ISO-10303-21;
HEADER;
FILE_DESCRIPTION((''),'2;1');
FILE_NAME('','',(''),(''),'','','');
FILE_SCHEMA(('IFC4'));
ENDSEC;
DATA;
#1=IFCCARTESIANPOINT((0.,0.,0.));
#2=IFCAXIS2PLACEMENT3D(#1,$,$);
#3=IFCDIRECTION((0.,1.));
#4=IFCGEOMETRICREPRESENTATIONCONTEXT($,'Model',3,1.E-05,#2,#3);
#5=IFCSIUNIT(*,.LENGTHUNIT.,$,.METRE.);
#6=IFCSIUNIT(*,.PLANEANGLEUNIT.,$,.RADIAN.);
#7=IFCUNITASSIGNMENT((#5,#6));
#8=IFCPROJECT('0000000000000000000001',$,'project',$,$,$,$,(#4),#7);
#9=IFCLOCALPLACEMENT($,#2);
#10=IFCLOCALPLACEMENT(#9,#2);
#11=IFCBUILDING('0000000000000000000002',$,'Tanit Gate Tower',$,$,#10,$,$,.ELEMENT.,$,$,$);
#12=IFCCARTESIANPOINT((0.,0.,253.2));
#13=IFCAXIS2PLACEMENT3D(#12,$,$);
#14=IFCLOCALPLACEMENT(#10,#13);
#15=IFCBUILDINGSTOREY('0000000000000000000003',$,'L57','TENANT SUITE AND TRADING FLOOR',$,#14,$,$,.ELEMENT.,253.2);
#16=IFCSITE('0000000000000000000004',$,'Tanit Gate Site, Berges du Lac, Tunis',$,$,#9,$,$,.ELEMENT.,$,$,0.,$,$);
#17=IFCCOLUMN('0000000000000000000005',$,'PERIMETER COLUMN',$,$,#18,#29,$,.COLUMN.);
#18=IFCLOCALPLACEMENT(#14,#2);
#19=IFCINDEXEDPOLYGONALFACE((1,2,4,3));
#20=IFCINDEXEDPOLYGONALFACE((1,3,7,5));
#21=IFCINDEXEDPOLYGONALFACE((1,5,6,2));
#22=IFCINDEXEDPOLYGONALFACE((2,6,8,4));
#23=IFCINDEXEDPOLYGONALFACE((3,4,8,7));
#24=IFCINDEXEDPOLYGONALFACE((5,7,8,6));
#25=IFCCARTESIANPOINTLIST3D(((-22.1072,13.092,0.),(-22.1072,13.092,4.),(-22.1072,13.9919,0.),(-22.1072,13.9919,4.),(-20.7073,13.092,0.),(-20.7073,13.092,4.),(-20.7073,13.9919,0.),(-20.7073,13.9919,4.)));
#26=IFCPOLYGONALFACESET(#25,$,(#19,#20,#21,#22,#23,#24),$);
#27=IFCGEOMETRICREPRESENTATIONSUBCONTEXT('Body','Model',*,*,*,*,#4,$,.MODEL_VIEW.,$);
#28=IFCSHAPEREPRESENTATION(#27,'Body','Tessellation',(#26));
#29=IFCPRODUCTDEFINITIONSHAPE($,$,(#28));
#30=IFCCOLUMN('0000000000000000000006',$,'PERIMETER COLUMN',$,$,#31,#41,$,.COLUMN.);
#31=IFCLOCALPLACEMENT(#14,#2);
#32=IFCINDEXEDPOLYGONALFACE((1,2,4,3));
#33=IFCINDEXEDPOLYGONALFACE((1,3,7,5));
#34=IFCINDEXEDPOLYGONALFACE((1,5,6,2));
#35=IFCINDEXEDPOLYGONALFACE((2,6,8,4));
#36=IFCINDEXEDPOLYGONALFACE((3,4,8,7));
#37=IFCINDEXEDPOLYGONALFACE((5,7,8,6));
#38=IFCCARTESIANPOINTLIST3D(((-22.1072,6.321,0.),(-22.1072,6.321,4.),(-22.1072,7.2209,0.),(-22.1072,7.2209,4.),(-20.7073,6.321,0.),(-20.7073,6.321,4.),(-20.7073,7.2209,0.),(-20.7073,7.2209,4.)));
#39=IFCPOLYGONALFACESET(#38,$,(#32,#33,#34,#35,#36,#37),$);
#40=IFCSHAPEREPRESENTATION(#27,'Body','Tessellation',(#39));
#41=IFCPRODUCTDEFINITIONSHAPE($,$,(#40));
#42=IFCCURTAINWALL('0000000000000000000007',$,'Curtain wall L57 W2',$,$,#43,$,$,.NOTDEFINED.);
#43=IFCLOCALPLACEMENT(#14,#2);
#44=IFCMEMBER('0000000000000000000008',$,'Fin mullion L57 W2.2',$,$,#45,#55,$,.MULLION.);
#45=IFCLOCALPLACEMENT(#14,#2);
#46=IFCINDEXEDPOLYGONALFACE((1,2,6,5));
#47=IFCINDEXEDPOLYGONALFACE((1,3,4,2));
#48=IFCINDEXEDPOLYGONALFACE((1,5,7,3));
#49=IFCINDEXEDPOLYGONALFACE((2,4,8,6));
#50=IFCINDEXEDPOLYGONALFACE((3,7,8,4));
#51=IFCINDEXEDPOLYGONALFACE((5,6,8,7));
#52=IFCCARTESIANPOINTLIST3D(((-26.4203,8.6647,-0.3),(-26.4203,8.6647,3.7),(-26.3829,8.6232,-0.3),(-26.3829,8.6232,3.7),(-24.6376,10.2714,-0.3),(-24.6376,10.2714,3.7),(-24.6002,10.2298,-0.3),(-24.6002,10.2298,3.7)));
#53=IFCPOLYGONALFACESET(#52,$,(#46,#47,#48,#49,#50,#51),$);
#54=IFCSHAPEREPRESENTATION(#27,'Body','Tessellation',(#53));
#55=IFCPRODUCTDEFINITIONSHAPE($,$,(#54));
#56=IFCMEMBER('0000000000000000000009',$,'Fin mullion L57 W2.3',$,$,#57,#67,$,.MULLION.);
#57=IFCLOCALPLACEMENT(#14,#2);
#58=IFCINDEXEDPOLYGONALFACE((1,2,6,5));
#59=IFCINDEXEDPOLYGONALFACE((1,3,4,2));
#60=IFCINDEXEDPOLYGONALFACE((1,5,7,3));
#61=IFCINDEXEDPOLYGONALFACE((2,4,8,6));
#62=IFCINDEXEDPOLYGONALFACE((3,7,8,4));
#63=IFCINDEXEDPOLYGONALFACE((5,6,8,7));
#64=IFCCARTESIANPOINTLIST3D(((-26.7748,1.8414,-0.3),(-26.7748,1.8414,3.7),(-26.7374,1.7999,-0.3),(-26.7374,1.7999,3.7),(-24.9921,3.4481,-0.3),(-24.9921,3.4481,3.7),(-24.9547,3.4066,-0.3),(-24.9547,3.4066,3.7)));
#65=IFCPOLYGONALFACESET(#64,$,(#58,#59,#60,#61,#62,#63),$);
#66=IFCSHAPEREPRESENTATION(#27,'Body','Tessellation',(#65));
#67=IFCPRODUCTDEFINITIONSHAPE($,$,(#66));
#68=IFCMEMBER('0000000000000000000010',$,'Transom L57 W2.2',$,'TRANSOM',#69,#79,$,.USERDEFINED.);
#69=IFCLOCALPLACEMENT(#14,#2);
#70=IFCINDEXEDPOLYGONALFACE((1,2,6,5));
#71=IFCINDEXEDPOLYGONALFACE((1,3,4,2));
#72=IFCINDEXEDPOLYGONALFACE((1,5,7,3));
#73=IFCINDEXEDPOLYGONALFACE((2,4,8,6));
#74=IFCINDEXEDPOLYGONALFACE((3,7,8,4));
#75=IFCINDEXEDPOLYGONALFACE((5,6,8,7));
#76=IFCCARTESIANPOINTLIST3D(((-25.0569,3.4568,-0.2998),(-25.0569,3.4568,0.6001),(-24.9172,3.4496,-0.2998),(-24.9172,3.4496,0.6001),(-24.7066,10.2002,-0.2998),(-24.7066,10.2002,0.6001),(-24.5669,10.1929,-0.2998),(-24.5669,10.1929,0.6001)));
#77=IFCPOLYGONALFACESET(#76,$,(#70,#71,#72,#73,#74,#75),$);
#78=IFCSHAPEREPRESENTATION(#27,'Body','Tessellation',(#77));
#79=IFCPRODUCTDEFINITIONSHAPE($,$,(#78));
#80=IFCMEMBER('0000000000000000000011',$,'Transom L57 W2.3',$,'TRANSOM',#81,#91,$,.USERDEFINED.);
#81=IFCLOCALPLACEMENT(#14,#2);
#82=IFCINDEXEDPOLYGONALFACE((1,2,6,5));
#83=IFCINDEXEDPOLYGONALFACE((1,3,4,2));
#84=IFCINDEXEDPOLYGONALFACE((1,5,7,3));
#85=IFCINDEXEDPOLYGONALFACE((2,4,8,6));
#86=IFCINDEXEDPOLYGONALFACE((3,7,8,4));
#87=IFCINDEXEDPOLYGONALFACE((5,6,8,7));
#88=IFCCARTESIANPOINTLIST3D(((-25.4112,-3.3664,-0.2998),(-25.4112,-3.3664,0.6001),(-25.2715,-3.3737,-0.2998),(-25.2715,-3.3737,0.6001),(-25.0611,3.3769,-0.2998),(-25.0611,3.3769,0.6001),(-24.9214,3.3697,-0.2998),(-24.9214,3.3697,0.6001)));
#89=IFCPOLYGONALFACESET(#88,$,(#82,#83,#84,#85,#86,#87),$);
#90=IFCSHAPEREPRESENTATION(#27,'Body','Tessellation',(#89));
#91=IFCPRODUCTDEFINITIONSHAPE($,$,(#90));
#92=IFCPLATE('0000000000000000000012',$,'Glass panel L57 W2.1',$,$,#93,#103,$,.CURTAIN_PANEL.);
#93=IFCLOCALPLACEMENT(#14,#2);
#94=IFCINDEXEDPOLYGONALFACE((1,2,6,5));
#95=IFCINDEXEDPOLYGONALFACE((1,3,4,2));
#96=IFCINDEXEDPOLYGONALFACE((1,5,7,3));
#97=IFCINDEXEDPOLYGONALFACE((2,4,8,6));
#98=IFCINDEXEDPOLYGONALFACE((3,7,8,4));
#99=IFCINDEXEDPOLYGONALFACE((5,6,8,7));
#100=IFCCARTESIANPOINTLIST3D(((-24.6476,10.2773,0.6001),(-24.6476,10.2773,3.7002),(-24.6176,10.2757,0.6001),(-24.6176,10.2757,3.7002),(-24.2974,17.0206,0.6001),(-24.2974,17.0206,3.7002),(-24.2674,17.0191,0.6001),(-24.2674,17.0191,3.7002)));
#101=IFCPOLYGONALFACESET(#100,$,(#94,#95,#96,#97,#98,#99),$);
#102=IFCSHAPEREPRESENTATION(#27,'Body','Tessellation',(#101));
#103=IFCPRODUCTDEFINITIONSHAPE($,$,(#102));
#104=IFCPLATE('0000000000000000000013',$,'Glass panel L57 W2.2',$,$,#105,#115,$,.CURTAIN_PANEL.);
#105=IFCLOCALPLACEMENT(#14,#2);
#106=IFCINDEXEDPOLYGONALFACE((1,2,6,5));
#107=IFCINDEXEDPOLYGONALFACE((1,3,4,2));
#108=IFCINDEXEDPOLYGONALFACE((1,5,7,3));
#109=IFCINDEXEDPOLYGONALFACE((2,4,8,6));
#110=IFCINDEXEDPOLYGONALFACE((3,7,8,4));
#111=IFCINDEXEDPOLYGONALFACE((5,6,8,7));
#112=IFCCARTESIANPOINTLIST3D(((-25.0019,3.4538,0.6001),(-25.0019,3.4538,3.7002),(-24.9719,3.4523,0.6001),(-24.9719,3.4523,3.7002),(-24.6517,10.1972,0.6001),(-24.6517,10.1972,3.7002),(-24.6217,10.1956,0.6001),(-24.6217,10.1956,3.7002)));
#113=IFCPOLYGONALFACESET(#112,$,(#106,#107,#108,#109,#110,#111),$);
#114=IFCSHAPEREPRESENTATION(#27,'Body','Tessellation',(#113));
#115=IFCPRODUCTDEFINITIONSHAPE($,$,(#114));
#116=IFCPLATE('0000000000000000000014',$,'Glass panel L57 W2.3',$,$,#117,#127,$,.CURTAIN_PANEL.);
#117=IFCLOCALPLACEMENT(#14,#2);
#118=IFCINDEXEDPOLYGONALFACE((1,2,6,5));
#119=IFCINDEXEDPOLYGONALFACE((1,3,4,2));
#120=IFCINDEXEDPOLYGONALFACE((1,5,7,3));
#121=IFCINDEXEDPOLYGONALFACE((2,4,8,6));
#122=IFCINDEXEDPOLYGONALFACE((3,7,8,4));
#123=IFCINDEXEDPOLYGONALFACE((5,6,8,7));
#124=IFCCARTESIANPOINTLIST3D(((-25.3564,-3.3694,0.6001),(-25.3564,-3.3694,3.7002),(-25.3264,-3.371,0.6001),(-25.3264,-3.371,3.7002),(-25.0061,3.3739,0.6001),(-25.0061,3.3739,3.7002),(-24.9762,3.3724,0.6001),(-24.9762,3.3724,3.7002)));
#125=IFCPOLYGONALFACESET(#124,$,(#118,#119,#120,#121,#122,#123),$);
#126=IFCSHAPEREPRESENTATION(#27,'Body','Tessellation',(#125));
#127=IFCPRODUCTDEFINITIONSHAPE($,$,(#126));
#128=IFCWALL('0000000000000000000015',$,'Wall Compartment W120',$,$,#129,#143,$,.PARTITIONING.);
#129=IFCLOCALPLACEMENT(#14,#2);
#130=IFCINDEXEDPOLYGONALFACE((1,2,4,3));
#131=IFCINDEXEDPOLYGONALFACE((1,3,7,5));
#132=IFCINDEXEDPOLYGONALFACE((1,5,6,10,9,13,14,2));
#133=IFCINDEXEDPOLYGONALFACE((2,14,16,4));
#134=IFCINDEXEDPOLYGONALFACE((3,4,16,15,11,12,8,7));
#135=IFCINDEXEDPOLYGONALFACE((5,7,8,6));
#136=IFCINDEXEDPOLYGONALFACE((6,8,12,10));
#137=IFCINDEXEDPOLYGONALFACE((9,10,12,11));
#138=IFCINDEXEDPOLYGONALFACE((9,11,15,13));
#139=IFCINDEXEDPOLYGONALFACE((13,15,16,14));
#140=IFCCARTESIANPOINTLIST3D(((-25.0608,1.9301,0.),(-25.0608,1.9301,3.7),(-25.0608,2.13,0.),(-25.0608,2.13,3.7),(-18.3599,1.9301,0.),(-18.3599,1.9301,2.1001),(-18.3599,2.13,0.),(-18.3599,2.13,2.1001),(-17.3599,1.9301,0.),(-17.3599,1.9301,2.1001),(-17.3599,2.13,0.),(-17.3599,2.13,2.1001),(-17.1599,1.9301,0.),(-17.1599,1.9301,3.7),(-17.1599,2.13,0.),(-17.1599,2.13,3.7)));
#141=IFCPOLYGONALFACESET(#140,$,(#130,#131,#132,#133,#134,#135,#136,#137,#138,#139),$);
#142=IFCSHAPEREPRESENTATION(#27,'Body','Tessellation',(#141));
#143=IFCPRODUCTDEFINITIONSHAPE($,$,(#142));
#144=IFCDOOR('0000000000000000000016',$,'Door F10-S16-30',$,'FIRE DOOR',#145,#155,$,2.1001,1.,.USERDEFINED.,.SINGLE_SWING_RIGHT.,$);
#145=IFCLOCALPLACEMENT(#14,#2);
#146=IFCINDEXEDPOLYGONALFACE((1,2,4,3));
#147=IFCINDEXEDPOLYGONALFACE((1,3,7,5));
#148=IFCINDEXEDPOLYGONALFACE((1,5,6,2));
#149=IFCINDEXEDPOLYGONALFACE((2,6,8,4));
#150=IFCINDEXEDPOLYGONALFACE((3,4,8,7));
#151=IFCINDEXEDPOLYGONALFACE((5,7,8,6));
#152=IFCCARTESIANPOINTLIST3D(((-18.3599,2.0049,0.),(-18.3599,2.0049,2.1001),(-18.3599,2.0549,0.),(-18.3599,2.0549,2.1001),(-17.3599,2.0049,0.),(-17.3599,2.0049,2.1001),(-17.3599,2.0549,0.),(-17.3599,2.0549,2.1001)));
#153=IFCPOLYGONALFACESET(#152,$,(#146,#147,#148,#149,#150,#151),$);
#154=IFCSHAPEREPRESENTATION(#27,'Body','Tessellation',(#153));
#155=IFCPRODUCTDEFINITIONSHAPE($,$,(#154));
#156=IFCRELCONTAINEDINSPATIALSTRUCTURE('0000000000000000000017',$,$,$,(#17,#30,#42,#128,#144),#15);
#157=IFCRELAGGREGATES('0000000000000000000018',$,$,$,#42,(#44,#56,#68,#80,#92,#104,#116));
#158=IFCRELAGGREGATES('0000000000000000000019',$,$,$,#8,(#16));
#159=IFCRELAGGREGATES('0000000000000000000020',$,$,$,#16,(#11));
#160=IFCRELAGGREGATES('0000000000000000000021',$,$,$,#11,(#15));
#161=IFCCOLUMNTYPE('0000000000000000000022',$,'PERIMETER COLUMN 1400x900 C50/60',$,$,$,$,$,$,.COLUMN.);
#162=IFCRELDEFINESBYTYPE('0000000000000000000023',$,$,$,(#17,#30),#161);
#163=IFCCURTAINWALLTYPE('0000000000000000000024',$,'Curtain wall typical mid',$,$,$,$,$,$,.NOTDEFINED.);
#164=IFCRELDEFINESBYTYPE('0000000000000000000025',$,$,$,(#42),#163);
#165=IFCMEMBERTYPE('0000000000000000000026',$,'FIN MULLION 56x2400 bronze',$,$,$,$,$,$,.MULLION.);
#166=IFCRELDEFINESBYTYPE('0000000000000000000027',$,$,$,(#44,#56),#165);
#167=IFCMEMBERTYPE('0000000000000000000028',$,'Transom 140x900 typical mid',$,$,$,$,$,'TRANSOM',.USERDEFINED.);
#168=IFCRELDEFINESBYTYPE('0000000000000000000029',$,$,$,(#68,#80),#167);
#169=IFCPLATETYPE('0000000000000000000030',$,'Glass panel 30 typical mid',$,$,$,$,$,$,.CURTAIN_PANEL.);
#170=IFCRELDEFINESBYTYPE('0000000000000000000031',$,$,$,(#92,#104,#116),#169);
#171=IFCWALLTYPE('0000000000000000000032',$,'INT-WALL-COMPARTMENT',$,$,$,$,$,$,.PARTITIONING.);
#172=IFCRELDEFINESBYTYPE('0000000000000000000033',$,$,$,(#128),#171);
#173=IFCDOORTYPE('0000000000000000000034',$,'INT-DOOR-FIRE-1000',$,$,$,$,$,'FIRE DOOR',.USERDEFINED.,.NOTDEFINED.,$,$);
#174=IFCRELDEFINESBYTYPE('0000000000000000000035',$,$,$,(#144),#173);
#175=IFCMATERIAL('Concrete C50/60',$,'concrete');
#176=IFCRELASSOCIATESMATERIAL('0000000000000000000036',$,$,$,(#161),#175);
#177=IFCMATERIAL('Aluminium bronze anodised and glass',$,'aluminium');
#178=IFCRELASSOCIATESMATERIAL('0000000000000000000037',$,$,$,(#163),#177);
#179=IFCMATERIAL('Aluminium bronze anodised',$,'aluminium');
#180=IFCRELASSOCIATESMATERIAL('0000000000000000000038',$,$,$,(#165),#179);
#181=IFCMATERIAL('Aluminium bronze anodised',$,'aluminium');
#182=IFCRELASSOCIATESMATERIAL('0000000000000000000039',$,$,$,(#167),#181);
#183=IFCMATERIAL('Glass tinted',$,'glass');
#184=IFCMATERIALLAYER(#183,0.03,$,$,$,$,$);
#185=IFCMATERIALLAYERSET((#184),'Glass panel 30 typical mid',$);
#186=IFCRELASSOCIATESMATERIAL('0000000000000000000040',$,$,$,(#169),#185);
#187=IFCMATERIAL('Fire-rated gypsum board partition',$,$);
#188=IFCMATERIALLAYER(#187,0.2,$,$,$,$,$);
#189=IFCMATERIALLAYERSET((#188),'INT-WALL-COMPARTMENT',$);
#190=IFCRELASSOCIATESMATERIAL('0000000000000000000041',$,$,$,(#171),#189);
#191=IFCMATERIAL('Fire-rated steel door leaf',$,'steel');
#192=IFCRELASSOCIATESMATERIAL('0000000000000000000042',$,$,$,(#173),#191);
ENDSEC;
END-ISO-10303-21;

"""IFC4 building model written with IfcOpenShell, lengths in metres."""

from ifc_helpers import new_model, si_unit, direction, frame, frame_2d, origin, origin_2d, place, context, subcontext, project, spatial, rectangle, extrude, material, layer, layer_set, material_profile, profile_set, type_object, element, fill, aggregate, save


model = new_model("IFC4")

# Units and contexts
model_context = context("Model", 3, precision=1e-05, world=origin(), true_north=direction((0.0, 1.0)))
body_context = subcontext(model_context, "Body", "Model", "MODEL_VIEW")
ifc_project = project(units=[si_unit("LENGTHUNIT", "METRE"), si_unit("PLANEANGLEUNIT", "RADIAN")], contexts=[model_context])

# Site, building, storey
site_placement = place(None, origin())
site = spatial("IfcSite", under=ifc_project, at=site_placement, Name="Tanit Gate Site, Berges du Lac, Tunis", CompositionType="ELEMENT", RefElevation=0.0)
building_placement = place(site_placement, origin())
building = spatial("IfcBuilding", under=site, at=building_placement, Name="Tanit Gate Tower", CompositionType="ELEMENT")
storey_placement = place(building_placement, frame((0.0, 0.0, 253.2)))
storey = spatial("IfcBuildingStorey", under=building, at=storey_placement, Name="L57", Description="TENANT SUITE AND TRADING FLOOR", CompositionType="ELEMENT", Elevation=253.2)

# Columns
ifc_material_1 = material(Name="Concrete C50/60", Category="concrete")
ifc_material_profile_1 = material_profile(ifc_material_1, rectangle(XDim=1.3999, YDim=0.8999, at=origin_2d()), Name="RC 1400x900")
ifc_profile_set_1 = profile_set([ifc_material_profile_1], Name="Concrete C50/60")
column_type = type_object("IfcColumnType", Name="PERIMETER COLUMN 1400x900 C50/60", PredefinedType="COLUMN", material=ifc_profile_set_1)
for number, where, z_axis, x_axis, name in (
    (1, (-21.4072, 13.542, 0.0), (0.0, 0.0, 1.0), (-1.0, 0.0, 0.0), "PERIMETER COLUMN"),
    (2, (-21.4072, 6.771, 0.0), (0.0, 0.0, 1.0), (-1.0, 0.0, 0.0), "PERIMETER COLUMN"),
):
    element("IfcColumn", number, at=place(storey_placement, frame(where, z_axis=z_axis, x_axis=x_axis)), inside=storey, type_object=column_type, Name=name, PredefinedType="COLUMN", context=body_context, shape_type="SweptSolid", body=[
        extrude(rectangle(XDim=1.3999, YDim=0.8999, at=origin_2d()), origin(), (0.0, 0.0, 1.0), 4.0),
    ])

# Curtain wall, members, plates
ifc_material_2 = material(Name="Aluminium bronze anodised and glass", Category="aluminium")
curtain_wall_type = type_object("IfcCurtainWallType", Name="Curtain wall typical mid", PredefinedType="NOTDEFINED", material=ifc_material_2)
curtain_wall_placement = place(storey_placement, origin())
curtain_wall = element("IfcCurtainWall", 3, at=curtain_wall_placement, inside=storey, type_object=curtain_wall_type, Name="Curtain wall L57 W2", PredefinedType="NOTDEFINED")
ifc_material_3 = material(Name="Aluminium bronze anodised", Category="aluminium")
ifc_material_profile_2 = material_profile(ifc_material_3, rectangle(XDim=2.3999, YDim=0.0559, at=origin_2d()), Name="56x2400 bronze fin mullion")
ifc_profile_set_2 = profile_set([ifc_material_profile_2], Name="Aluminium bronze anodised")
member_type_1 = type_object("IfcMemberType", Name="FIN MULLION 56x2400 bronze", PredefinedType="MULLION", material=ifc_profile_set_2)
member_1_placement = place(storey_placement, frame((-25.5103, 9.4473, -0.3), z_axis=(0.0, 0.0, 1.0), x_axis=(0.742829, 0.669481, 0.0)))
member_1 = element("IfcMember", 4, at=member_1_placement, type_object=member_type_1, Name="Fin mullion L57 W2.2", PredefinedType="MULLION", context=body_context, shape_type="SweptSolid", body=[
    extrude(rectangle(XDim=2.3999, YDim=0.0559, at=origin_2d()), origin(), (0.0, 0.0, 1.0), 4.0),
])
member_2_placement = place(storey_placement, frame((-25.8647, 2.624, -0.3), z_axis=(0.0, 0.0, 1.0), x_axis=(0.742829, 0.669481, 0.0)))
member_2 = element("IfcMember", 5, at=member_2_placement, type_object=member_type_1, Name="Fin mullion L57 W2.3", PredefinedType="MULLION", context=body_context, shape_type="SweptSolid", body=[
    extrude(rectangle(XDim=2.3999, YDim=0.0559, at=origin_2d()), origin(), (0.0, 0.0, 1.0), 4.0),
])
ifc_material_4 = material(Name="Aluminium bronze anodised", Category="aluminium")
ifc_material_profile_3 = material_profile(ifc_material_4, rectangle(XDim=0.1399, YDim=0.8999, at=origin_2d()), Name="140x900 bronze transom")
ifc_profile_set_3 = profile_set([ifc_material_profile_3], Name="Aluminium bronze anodised")
member_type_2 = type_object("IfcMemberType", Name="Transom 140x900 typical mid", ElementType="TRANSOM", PredefinedType="USERDEFINED", material=ifc_profile_set_3)
member_3_placement = place(storey_placement, frame((-24.6367, 10.1965, 0.1501), z_axis=(-0.051883, -0.998653, 0.0), x_axis=(0.998653, -0.051883, 0.0)))
member_3 = element("IfcMember", 6, at=member_3_placement, type_object=member_type_2, Name="Transom L57 W2.2", ObjectType="TRANSOM", PredefinedType="USERDEFINED", context=body_context, shape_type="SweptSolid", body=[
    extrude(rectangle(XDim=0.1399, YDim=0.8999, at=origin_2d()), origin(), (0.0, 0.0, 1.0), 6.7524),
])
member_4_placement = place(storey_placement, frame((-24.9912, 3.3733, 0.1501), z_axis=(-0.051847, -0.998655, 0.0), x_axis=(0.998655, -0.051847, 0.0)))
member_4 = element("IfcMember", 7, at=member_4_placement, type_object=member_type_2, Name="Transom L57 W2.3", ObjectType="TRANSOM", PredefinedType="USERDEFINED", context=body_context, shape_type="SweptSolid", body=[
    extrude(rectangle(XDim=0.1399, YDim=0.8999, at=origin_2d()), origin(), (0.0, 0.0, 1.0), 6.7524),
])
ifc_material_5 = material(Name="Glass tinted", Category="glass")
ifc_layer_1 = layer(ifc_material_5, 0.03)
ifc_layer_set_1 = layer_set([ifc_layer_1], Name="Glass panel 30 typical mid")
plate_type = type_object("IfcPlateType", Name="Glass panel 30 typical mid", PredefinedType="CURTAIN_PANEL", material=ifc_layer_set_1)
plate_1_placement = place(storey_placement, frame((-24.4575, 13.6482, 0.6001), z_axis=(0.0, 0.0, 1.0), x_axis=(-0.051865, -0.998654, 0.0)))
plate_1 = element("IfcPlate", 8, at=plate_1_placement, type_object=plate_type, Name="Glass panel L57 W2.1", PredefinedType="CURTAIN_PANEL", context=body_context, shape_type="SweptSolid", body=[
    extrude(rectangle(XDim=6.7524, YDim=0.03, at=origin_2d()), origin(), (0.0, 0.0, 1.0), 3.1001),
])
plate_2_placement = place(storey_placement, frame((-24.8118, 6.8247, 0.6001), z_axis=(0.0, 0.0, 1.0), x_axis=(-0.051865, -0.998654, 0.0)))
plate_2 = element("IfcPlate", 9, at=plate_2_placement, type_object=plate_type, Name="Glass panel L57 W2.2", PredefinedType="CURTAIN_PANEL", context=body_context, shape_type="SweptSolid", body=[
    extrude(rectangle(XDim=6.7524, YDim=0.03, at=origin_2d()), origin(), (0.0, 0.0, 1.0), 3.1001),
])
plate_3_placement = place(storey_placement, frame((-25.1663, 0.0015, 0.6001), z_axis=(0.0, 0.0, 1.0), x_axis=(-0.051865, -0.998654, 0.0)))
plate_3 = element("IfcPlate", 10, at=plate_3_placement, type_object=plate_type, Name="Glass panel L57 W2.3", PredefinedType="CURTAIN_PANEL", context=body_context, shape_type="SweptSolid", body=[
    extrude(rectangle(XDim=6.7524, YDim=0.03, at=origin_2d()), origin(), (0.0, 0.0, 1.0), 3.1001),
])
aggregate(curtain_wall, [member_1, member_2, member_3, member_4, plate_1, plate_2, plate_3])

# Wall, opening, door
ifc_material_6 = material(Name="Fire-rated gypsum board partition")
ifc_layer_2 = layer(ifc_material_6, 0.2)
ifc_layer_set_2 = layer_set([ifc_layer_2], Name="INT-WALL-COMPARTMENT")
wall_type = type_object("IfcWallType", Name="INT-WALL-COMPARTMENT", PredefinedType="PARTITIONING", material=ifc_layer_set_2)
wall_placement = place(storey_placement, frame((-25.0608, 2.03, 0.0), z_axis=(0.0, 0.0, 1.0), x_axis=(1.0, 0.0, 0.0)))
wall = element("IfcWall", 11, at=wall_placement, inside=storey, type_object=wall_type, Name="Wall Compartment W120", PredefinedType="PARTITIONING", context=body_context, shape_type="SweptSolid", body=[
    extrude(rectangle(XDim=7.9009, YDim=0.2, at=frame_2d((3.9504, 0.0))), origin(), (0.0, 0.0, 1.0), 3.7),
])
opening_placement = place(wall_placement, frame((6.7009, 0.0, 0.0)))
opening = element("IfcOpeningElement", 12, at=opening_placement, cuts=wall, PredefinedType="OPENING", context=body_context, shape_type="SweptSolid", body=[
    extrude(rectangle(XDim=1.0, YDim=2.1001, at=frame_2d((0.5, 1.05))), frame((0.0, 0.1099, 0.0), z_axis=(0.0, -1.0, 0.0), x_axis=(1.0, 0.0, 0.0)), (0.0, 0.0, 1.0), 0.22),
])
ifc_material_7 = material(Name="Fire-rated steel door leaf", Category="steel")
door_type = type_object("IfcDoorType", Name="INT-DOOR-FIRE-1000", ElementType="FIRE DOOR", OperationType="NOTDEFINED", PredefinedType="USERDEFINED", material=ifc_material_7)
door_placement = place(opening_placement, origin())
door = element("IfcDoor", 13, at=door_placement, inside=storey, type_object=door_type, Name="Door F10-S16-30", ObjectType="FIRE DOOR", OperationType="SINGLE_SWING_RIGHT", OverallHeight=2.1001, OverallWidth=1.0, PredefinedType="USERDEFINED", context=body_context, shape_type="SweptSolid", body=[
    extrude(rectangle(XDim=1.0, YDim=2.1001, at=frame_2d((0.5, 1.05))), frame((0.0, 0.0249, 0.0), z_axis=(0.0, -1.0, 0.0), x_axis=(1.0, 0.0, 0.0)), (0.0, 0.0, 1.0), 0.05),
])
fill(opening, door)

save(model, "model.ifc")
